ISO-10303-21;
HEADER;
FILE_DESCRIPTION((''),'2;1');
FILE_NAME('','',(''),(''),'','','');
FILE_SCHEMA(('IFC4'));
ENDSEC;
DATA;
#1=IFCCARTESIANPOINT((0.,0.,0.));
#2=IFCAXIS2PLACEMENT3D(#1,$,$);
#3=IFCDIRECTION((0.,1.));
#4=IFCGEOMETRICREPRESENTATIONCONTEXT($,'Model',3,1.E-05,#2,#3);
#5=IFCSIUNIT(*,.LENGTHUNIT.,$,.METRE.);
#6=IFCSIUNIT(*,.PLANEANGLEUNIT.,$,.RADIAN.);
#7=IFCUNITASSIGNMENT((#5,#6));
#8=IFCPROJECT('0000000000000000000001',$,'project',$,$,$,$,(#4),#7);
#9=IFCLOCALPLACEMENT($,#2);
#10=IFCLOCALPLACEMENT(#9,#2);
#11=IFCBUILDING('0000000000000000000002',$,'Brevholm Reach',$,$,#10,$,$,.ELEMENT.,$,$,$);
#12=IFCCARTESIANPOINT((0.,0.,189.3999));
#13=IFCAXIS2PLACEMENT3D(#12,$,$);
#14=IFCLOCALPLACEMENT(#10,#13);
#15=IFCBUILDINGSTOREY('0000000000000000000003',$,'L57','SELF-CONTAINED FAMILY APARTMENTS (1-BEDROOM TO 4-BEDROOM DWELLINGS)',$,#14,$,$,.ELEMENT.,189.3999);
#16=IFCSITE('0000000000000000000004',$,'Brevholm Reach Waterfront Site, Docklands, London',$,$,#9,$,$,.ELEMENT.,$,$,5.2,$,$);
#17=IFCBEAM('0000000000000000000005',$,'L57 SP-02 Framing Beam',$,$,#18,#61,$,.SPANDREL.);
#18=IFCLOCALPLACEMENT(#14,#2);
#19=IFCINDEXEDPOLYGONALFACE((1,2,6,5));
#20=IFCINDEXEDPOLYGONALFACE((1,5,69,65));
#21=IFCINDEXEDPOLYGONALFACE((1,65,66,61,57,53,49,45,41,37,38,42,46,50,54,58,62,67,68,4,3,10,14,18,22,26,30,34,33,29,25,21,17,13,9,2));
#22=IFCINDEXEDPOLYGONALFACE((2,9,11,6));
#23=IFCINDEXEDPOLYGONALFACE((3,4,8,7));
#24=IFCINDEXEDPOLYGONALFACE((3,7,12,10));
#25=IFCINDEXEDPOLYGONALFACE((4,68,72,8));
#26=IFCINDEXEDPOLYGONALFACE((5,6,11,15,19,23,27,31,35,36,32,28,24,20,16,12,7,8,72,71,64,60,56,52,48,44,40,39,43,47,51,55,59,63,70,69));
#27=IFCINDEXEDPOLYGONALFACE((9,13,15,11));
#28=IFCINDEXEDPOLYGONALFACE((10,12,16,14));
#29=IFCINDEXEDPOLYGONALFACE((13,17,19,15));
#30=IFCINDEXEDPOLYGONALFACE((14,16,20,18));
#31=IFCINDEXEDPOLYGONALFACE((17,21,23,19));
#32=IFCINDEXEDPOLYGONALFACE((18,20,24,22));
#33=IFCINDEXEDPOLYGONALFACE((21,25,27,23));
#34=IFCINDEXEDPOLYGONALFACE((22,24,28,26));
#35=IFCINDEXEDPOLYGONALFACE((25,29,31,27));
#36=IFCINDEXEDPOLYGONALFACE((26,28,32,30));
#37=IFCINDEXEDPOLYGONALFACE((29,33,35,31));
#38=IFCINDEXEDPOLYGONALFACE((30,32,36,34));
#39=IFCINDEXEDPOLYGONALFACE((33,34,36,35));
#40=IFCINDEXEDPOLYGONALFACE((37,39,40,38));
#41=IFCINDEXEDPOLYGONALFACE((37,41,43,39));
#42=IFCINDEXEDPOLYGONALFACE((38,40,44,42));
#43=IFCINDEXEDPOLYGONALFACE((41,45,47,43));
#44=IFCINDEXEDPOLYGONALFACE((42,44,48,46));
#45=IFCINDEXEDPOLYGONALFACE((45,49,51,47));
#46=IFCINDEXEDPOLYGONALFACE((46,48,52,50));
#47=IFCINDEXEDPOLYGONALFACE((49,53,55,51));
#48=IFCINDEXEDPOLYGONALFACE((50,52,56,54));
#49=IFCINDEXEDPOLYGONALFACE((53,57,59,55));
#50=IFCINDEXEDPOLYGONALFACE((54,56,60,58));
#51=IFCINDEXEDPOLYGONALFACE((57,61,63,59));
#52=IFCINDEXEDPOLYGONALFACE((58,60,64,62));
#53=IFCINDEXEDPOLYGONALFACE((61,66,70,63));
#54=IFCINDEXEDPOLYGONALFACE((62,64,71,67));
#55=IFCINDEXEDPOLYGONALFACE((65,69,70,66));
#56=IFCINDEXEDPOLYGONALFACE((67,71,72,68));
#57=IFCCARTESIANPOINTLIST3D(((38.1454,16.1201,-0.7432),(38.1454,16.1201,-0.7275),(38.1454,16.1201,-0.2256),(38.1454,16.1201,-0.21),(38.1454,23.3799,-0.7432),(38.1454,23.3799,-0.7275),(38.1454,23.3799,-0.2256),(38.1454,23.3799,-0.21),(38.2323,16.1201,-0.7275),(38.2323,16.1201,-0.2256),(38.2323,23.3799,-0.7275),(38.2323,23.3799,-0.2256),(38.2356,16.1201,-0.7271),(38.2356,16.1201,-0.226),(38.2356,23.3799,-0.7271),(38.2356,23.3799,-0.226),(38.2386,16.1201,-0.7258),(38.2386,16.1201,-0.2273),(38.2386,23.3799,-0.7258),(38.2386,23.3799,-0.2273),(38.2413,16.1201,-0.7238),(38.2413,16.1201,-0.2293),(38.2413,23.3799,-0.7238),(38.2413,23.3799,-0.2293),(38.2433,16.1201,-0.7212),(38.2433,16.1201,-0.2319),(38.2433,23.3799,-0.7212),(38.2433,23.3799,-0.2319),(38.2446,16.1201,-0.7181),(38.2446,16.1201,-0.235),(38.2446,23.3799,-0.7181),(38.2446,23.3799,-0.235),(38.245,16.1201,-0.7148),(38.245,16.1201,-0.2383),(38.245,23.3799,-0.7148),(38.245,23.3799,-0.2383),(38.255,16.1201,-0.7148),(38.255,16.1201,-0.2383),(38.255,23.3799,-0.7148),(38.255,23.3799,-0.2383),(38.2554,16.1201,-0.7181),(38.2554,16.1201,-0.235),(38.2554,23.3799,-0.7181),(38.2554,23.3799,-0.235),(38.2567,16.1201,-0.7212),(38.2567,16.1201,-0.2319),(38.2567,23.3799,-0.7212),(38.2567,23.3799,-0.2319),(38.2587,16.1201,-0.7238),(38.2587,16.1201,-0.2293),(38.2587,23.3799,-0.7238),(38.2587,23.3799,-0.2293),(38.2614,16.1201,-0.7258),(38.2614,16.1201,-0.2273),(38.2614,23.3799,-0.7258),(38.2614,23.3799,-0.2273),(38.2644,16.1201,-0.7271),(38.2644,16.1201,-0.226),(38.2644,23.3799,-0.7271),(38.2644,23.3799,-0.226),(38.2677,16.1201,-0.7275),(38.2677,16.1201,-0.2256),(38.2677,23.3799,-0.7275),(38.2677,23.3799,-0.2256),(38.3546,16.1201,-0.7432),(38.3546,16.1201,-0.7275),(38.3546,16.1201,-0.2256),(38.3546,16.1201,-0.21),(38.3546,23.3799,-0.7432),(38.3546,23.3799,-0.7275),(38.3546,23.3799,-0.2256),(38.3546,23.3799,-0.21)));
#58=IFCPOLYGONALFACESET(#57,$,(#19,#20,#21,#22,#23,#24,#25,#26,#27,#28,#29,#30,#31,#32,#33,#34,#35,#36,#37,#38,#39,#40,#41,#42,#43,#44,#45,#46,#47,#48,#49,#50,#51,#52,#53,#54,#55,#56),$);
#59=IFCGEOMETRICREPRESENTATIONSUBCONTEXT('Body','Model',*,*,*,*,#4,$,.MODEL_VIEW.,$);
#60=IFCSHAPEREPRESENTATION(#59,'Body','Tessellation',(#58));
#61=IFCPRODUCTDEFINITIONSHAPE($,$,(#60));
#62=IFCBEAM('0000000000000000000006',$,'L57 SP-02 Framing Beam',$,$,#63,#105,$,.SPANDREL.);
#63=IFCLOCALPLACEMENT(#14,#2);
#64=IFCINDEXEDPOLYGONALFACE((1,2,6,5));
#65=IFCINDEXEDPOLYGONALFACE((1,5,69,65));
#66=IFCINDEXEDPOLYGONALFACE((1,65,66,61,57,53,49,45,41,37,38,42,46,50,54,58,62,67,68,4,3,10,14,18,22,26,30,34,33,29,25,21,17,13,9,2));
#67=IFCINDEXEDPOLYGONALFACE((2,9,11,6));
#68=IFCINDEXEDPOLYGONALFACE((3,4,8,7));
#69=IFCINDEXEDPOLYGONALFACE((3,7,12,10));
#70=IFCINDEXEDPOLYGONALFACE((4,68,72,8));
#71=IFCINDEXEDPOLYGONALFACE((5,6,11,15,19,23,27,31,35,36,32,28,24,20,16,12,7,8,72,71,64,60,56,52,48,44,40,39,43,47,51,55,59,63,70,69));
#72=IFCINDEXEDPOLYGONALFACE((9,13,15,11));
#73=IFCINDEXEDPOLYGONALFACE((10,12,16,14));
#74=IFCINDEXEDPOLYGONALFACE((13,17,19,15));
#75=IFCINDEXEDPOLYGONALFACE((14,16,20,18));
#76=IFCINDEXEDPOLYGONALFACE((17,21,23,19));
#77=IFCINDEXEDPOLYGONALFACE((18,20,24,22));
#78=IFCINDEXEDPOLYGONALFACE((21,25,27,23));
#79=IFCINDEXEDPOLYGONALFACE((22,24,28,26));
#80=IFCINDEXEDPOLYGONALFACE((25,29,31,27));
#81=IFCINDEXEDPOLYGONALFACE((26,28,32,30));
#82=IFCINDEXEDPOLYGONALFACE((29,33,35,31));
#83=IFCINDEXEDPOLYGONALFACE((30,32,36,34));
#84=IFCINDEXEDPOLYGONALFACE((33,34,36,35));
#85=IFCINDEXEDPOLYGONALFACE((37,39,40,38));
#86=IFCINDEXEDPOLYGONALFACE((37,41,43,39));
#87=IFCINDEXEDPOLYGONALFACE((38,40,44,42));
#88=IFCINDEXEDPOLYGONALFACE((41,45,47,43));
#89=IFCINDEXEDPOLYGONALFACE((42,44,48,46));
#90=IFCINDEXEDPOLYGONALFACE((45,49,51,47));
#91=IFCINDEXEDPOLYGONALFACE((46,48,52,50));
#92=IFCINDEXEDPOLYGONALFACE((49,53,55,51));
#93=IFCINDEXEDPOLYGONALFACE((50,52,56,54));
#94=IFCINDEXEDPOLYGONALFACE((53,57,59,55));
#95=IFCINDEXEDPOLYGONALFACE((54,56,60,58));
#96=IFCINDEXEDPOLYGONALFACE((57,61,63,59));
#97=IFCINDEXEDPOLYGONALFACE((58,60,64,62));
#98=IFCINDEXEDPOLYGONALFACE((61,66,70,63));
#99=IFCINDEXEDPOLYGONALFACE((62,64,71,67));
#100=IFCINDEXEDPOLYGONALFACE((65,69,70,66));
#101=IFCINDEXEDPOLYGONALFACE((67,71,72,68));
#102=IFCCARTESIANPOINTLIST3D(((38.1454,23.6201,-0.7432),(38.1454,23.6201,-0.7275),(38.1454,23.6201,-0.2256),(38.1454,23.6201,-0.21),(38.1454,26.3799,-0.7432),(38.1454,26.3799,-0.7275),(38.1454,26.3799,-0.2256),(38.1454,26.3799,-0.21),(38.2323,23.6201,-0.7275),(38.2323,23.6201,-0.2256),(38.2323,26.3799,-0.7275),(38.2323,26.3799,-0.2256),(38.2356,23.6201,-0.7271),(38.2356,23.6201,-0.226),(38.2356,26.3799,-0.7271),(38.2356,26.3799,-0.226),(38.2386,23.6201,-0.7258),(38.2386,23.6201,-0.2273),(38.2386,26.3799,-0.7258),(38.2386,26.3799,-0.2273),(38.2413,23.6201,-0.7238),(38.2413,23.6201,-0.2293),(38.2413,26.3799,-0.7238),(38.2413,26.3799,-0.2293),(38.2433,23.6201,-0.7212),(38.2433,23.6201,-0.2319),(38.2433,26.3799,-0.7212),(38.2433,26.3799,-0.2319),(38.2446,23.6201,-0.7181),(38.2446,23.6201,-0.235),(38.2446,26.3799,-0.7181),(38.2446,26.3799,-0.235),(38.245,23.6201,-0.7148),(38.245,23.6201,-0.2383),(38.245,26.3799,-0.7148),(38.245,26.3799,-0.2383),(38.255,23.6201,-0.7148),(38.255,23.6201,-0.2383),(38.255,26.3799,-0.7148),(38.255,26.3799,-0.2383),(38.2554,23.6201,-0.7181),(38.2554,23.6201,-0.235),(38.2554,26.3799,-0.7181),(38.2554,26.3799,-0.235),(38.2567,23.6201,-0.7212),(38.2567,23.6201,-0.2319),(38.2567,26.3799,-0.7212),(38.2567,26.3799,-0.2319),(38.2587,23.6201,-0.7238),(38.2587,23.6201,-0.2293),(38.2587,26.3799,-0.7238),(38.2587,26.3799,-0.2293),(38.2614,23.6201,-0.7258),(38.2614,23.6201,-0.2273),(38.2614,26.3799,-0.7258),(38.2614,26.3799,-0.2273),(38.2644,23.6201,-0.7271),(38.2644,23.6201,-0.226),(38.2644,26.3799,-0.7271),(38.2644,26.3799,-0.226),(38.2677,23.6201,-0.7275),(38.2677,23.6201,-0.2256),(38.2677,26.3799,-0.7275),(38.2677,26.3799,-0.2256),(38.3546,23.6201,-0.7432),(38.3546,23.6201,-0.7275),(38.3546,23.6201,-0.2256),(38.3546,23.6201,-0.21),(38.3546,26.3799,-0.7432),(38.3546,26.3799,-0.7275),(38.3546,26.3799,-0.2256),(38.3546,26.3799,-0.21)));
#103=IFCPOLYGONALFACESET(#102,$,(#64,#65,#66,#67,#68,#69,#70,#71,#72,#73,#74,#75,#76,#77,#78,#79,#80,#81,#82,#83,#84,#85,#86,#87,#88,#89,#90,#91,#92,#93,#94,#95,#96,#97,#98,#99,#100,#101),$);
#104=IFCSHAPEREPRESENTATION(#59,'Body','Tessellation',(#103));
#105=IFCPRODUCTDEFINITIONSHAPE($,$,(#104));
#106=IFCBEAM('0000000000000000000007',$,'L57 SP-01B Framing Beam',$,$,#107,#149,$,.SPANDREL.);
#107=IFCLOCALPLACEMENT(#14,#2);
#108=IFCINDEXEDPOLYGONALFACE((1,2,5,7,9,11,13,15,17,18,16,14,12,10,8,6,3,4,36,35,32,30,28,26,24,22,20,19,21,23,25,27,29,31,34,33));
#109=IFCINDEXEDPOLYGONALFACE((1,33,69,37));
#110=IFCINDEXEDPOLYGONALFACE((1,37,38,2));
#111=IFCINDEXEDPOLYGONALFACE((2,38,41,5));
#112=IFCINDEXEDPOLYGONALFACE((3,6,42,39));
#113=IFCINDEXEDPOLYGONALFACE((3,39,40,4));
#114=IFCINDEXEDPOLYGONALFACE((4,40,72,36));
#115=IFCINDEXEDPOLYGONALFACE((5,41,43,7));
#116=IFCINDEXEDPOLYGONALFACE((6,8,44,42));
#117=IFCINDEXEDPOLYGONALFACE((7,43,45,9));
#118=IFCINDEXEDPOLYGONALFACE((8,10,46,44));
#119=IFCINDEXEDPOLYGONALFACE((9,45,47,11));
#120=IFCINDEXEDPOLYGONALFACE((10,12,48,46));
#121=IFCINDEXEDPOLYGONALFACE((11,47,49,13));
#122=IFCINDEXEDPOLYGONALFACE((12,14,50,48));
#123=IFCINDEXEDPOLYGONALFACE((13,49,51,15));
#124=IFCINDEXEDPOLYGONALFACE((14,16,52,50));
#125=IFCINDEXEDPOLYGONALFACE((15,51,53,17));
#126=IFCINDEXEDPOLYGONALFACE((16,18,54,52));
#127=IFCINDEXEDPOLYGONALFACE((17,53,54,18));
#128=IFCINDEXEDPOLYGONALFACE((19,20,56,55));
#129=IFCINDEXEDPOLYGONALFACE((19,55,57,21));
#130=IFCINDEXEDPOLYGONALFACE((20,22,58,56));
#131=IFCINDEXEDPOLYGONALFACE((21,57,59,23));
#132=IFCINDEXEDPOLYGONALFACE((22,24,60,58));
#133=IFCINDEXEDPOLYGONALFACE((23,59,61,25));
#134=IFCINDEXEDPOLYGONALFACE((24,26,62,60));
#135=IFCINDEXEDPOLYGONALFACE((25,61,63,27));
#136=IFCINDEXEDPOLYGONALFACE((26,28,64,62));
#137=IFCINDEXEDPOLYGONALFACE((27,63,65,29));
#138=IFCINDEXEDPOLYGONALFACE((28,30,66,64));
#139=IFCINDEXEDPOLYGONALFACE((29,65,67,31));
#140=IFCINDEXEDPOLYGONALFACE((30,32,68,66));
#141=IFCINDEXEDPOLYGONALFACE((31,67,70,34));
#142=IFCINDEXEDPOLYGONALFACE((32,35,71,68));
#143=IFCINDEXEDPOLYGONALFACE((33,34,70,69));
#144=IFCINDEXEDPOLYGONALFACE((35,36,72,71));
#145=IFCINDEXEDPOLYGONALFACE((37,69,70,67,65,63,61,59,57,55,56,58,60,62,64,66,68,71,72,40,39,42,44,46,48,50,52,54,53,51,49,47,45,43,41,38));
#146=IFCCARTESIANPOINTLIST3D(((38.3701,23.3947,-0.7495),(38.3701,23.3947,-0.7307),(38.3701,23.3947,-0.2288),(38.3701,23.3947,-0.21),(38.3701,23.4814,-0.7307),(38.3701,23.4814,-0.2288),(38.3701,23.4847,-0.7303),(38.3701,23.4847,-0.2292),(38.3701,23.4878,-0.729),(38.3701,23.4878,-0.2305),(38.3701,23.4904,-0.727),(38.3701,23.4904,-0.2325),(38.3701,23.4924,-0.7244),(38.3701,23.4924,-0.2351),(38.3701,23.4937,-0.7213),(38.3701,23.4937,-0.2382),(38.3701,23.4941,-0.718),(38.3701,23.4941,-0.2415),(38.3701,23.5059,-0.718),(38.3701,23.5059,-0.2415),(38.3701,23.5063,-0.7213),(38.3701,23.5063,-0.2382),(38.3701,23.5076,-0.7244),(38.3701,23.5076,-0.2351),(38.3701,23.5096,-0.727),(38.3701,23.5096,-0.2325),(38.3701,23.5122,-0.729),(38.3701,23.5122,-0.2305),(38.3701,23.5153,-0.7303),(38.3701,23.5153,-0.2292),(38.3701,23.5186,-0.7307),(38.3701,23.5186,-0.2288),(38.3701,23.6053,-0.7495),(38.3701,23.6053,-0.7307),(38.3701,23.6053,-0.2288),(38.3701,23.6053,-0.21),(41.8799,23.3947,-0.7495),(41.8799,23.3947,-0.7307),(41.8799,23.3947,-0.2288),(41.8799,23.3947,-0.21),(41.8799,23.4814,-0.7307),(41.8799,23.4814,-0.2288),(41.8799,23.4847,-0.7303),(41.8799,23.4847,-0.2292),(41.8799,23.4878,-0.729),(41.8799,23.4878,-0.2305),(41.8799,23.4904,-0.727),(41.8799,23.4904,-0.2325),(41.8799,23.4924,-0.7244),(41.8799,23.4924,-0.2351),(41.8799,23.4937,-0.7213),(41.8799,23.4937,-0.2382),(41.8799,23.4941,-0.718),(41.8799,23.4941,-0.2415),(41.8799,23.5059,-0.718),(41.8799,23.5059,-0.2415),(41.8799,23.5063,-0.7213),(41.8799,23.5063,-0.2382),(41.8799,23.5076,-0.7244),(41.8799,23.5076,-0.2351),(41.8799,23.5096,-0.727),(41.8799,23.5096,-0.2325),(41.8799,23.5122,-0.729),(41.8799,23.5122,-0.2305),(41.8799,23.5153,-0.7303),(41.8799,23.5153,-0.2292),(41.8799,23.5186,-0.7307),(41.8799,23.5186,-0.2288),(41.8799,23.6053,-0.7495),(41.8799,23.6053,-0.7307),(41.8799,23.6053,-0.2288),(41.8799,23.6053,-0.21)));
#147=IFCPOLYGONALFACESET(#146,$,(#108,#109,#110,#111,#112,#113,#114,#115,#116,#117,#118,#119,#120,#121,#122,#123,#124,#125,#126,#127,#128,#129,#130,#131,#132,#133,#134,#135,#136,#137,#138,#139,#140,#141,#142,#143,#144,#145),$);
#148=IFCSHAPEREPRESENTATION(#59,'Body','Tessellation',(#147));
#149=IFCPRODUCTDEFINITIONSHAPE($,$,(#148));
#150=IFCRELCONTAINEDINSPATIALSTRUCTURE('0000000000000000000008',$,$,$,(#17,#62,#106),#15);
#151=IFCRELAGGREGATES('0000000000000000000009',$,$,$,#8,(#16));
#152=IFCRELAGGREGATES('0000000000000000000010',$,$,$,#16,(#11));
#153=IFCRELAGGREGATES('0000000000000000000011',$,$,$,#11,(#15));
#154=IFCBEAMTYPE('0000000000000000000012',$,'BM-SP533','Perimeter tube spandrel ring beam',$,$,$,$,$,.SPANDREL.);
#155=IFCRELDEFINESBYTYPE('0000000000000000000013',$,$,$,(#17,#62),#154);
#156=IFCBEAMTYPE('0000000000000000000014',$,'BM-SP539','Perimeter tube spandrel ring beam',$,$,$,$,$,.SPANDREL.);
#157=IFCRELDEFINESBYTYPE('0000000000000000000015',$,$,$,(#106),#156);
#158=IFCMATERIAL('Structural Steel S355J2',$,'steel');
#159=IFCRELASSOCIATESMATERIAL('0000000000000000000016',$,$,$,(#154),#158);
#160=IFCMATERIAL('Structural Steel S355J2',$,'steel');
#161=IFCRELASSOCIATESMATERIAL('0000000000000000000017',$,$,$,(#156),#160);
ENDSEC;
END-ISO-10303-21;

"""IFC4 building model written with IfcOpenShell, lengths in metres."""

from ifc_helpers import new_model, si_unit, direction, frame, origin, origin_2d, place, context, subcontext, project, spatial, i_section, extrude, material, material_profile, profile_set, type_object, element, save


model = new_model("IFC4")

# Units and contexts
model_context = context("Model", 3, precision=1e-05, world=origin(), true_north=direction((0.0, 1.0)))
body_context = subcontext(model_context, "Body", "Model", "MODEL_VIEW")
ifc_project = project(units=[si_unit("LENGTHUNIT", "METRE"), si_unit("PLANEANGLEUNIT", "RADIAN")], contexts=[model_context])

# Site, building, storey
site_placement = place(None, origin())
site = spatial("IfcSite", under=ifc_project, at=site_placement, Name="Brevholm Reach Waterfront Site, Docklands, London", CompositionType="ELEMENT", RefElevation=5.2)
building_placement = place(site_placement, origin())
building = spatial("IfcBuilding", under=site, at=building_placement, Name="Brevholm Reach", CompositionType="ELEMENT")
storey_placement = place(building_placement, frame((0.0, 0.0, 189.3999)))
storey = spatial("IfcBuildingStorey", under=building, at=storey_placement, Name="L57", Description="SELF-CONTAINED FAMILY APARTMENTS (1-BEDROOM TO 4-BEDROOM DWELLINGS)", CompositionType="ELEMENT", Elevation=189.3999)

# Beams
ifc_material_1 = material(Name="Structural Steel S355J2", Category="steel")
ifc_material_profile_1 = material_profile(ifc_material_1, i_section(OverallWidth=0.2092, OverallDepth=0.5332, WebThickness=0.01, FlangeThickness=0.0156, FilletRadius=0.0127, at=origin_2d()), Name="UKB 533x210x92")
ifc_profile_set_1 = profile_set([ifc_material_profile_1], Name="Structural Steel S355J2")
beam_type_1 = type_object("IfcBeamType", Name="BM-SP533", Description="Perimeter tube spandrel ring beam", PredefinedType="SPANDREL", material=ifc_profile_set_1)
beam_1_placement = place(storey_placement, frame((38.25, 16.1201, -0.4766), z_axis=(0.0, 1.0, 0.0), x_axis=(-1.0, 0.0, 0.0)))
element("IfcBeam", 1, at=beam_1_placement, inside=storey, type_object=beam_type_1, Name="L57 SP-02 Framing Beam", PredefinedType="SPANDREL", context=body_context, shape_type="SweptSolid", body=[
    extrude(i_section(OverallWidth=0.2092, OverallDepth=0.5332, WebThickness=0.01, FlangeThickness=0.0156, FilletRadius=0.0127, at=origin_2d()), origin(), (0.0, 0.0, 1.0), 7.2598),
])
beam_2_placement = place(storey_placement, frame((38.25, 23.6201, -0.4766), z_axis=(0.0, 1.0, 0.0), x_axis=(-1.0, 0.0, 0.0)))
element("IfcBeam", 2, at=beam_2_placement, inside=storey, type_object=beam_type_1, Name="L57 SP-02 Framing Beam", PredefinedType="SPANDREL", context=body_context, shape_type="SweptSolid", body=[
    extrude(i_section(OverallWidth=0.2092, OverallDepth=0.5332, WebThickness=0.01, FlangeThickness=0.0156, FilletRadius=0.0127, at=origin_2d()), origin(), (0.0, 0.0, 1.0), 2.7598),
])
ifc_material_2 = material(Name="Structural Steel S355J2", Category="steel")
ifc_material_profile_2 = material_profile(ifc_material_2, i_section(OverallWidth=0.2107, OverallDepth=0.5396, WebThickness=0.0117, FlangeThickness=0.0188, FilletRadius=0.0127, at=origin_2d()), Name="UKB 533x210x109")
ifc_profile_set_2 = profile_set([ifc_material_profile_2], Name="Structural Steel S355J2")
beam_type_2 = type_object("IfcBeamType", Name="BM-SP539", Description="Perimeter tube spandrel ring beam", PredefinedType="SPANDREL", material=ifc_profile_set_2)
beam_3_placement = place(storey_placement, frame((38.3701, 23.5, -0.4797), z_axis=(1.0, 0.0, 0.0), x_axis=(0.0, 1.0, 0.0)))
element("IfcBeam", 3, at=beam_3_placement, inside=storey, type_object=beam_type_2, Name="L57 SP-01B Framing Beam", PredefinedType="SPANDREL", context=body_context, shape_type="SweptSolid", body=[
    extrude(i_section(OverallWidth=0.2107, OverallDepth=0.5396, WebThickness=0.0117, FlangeThickness=0.0188, FilletRadius=0.0127, at=origin_2d()), origin(), (0.0, 0.0, 1.0), 3.5098),
])

save(model, "model.ifc")
